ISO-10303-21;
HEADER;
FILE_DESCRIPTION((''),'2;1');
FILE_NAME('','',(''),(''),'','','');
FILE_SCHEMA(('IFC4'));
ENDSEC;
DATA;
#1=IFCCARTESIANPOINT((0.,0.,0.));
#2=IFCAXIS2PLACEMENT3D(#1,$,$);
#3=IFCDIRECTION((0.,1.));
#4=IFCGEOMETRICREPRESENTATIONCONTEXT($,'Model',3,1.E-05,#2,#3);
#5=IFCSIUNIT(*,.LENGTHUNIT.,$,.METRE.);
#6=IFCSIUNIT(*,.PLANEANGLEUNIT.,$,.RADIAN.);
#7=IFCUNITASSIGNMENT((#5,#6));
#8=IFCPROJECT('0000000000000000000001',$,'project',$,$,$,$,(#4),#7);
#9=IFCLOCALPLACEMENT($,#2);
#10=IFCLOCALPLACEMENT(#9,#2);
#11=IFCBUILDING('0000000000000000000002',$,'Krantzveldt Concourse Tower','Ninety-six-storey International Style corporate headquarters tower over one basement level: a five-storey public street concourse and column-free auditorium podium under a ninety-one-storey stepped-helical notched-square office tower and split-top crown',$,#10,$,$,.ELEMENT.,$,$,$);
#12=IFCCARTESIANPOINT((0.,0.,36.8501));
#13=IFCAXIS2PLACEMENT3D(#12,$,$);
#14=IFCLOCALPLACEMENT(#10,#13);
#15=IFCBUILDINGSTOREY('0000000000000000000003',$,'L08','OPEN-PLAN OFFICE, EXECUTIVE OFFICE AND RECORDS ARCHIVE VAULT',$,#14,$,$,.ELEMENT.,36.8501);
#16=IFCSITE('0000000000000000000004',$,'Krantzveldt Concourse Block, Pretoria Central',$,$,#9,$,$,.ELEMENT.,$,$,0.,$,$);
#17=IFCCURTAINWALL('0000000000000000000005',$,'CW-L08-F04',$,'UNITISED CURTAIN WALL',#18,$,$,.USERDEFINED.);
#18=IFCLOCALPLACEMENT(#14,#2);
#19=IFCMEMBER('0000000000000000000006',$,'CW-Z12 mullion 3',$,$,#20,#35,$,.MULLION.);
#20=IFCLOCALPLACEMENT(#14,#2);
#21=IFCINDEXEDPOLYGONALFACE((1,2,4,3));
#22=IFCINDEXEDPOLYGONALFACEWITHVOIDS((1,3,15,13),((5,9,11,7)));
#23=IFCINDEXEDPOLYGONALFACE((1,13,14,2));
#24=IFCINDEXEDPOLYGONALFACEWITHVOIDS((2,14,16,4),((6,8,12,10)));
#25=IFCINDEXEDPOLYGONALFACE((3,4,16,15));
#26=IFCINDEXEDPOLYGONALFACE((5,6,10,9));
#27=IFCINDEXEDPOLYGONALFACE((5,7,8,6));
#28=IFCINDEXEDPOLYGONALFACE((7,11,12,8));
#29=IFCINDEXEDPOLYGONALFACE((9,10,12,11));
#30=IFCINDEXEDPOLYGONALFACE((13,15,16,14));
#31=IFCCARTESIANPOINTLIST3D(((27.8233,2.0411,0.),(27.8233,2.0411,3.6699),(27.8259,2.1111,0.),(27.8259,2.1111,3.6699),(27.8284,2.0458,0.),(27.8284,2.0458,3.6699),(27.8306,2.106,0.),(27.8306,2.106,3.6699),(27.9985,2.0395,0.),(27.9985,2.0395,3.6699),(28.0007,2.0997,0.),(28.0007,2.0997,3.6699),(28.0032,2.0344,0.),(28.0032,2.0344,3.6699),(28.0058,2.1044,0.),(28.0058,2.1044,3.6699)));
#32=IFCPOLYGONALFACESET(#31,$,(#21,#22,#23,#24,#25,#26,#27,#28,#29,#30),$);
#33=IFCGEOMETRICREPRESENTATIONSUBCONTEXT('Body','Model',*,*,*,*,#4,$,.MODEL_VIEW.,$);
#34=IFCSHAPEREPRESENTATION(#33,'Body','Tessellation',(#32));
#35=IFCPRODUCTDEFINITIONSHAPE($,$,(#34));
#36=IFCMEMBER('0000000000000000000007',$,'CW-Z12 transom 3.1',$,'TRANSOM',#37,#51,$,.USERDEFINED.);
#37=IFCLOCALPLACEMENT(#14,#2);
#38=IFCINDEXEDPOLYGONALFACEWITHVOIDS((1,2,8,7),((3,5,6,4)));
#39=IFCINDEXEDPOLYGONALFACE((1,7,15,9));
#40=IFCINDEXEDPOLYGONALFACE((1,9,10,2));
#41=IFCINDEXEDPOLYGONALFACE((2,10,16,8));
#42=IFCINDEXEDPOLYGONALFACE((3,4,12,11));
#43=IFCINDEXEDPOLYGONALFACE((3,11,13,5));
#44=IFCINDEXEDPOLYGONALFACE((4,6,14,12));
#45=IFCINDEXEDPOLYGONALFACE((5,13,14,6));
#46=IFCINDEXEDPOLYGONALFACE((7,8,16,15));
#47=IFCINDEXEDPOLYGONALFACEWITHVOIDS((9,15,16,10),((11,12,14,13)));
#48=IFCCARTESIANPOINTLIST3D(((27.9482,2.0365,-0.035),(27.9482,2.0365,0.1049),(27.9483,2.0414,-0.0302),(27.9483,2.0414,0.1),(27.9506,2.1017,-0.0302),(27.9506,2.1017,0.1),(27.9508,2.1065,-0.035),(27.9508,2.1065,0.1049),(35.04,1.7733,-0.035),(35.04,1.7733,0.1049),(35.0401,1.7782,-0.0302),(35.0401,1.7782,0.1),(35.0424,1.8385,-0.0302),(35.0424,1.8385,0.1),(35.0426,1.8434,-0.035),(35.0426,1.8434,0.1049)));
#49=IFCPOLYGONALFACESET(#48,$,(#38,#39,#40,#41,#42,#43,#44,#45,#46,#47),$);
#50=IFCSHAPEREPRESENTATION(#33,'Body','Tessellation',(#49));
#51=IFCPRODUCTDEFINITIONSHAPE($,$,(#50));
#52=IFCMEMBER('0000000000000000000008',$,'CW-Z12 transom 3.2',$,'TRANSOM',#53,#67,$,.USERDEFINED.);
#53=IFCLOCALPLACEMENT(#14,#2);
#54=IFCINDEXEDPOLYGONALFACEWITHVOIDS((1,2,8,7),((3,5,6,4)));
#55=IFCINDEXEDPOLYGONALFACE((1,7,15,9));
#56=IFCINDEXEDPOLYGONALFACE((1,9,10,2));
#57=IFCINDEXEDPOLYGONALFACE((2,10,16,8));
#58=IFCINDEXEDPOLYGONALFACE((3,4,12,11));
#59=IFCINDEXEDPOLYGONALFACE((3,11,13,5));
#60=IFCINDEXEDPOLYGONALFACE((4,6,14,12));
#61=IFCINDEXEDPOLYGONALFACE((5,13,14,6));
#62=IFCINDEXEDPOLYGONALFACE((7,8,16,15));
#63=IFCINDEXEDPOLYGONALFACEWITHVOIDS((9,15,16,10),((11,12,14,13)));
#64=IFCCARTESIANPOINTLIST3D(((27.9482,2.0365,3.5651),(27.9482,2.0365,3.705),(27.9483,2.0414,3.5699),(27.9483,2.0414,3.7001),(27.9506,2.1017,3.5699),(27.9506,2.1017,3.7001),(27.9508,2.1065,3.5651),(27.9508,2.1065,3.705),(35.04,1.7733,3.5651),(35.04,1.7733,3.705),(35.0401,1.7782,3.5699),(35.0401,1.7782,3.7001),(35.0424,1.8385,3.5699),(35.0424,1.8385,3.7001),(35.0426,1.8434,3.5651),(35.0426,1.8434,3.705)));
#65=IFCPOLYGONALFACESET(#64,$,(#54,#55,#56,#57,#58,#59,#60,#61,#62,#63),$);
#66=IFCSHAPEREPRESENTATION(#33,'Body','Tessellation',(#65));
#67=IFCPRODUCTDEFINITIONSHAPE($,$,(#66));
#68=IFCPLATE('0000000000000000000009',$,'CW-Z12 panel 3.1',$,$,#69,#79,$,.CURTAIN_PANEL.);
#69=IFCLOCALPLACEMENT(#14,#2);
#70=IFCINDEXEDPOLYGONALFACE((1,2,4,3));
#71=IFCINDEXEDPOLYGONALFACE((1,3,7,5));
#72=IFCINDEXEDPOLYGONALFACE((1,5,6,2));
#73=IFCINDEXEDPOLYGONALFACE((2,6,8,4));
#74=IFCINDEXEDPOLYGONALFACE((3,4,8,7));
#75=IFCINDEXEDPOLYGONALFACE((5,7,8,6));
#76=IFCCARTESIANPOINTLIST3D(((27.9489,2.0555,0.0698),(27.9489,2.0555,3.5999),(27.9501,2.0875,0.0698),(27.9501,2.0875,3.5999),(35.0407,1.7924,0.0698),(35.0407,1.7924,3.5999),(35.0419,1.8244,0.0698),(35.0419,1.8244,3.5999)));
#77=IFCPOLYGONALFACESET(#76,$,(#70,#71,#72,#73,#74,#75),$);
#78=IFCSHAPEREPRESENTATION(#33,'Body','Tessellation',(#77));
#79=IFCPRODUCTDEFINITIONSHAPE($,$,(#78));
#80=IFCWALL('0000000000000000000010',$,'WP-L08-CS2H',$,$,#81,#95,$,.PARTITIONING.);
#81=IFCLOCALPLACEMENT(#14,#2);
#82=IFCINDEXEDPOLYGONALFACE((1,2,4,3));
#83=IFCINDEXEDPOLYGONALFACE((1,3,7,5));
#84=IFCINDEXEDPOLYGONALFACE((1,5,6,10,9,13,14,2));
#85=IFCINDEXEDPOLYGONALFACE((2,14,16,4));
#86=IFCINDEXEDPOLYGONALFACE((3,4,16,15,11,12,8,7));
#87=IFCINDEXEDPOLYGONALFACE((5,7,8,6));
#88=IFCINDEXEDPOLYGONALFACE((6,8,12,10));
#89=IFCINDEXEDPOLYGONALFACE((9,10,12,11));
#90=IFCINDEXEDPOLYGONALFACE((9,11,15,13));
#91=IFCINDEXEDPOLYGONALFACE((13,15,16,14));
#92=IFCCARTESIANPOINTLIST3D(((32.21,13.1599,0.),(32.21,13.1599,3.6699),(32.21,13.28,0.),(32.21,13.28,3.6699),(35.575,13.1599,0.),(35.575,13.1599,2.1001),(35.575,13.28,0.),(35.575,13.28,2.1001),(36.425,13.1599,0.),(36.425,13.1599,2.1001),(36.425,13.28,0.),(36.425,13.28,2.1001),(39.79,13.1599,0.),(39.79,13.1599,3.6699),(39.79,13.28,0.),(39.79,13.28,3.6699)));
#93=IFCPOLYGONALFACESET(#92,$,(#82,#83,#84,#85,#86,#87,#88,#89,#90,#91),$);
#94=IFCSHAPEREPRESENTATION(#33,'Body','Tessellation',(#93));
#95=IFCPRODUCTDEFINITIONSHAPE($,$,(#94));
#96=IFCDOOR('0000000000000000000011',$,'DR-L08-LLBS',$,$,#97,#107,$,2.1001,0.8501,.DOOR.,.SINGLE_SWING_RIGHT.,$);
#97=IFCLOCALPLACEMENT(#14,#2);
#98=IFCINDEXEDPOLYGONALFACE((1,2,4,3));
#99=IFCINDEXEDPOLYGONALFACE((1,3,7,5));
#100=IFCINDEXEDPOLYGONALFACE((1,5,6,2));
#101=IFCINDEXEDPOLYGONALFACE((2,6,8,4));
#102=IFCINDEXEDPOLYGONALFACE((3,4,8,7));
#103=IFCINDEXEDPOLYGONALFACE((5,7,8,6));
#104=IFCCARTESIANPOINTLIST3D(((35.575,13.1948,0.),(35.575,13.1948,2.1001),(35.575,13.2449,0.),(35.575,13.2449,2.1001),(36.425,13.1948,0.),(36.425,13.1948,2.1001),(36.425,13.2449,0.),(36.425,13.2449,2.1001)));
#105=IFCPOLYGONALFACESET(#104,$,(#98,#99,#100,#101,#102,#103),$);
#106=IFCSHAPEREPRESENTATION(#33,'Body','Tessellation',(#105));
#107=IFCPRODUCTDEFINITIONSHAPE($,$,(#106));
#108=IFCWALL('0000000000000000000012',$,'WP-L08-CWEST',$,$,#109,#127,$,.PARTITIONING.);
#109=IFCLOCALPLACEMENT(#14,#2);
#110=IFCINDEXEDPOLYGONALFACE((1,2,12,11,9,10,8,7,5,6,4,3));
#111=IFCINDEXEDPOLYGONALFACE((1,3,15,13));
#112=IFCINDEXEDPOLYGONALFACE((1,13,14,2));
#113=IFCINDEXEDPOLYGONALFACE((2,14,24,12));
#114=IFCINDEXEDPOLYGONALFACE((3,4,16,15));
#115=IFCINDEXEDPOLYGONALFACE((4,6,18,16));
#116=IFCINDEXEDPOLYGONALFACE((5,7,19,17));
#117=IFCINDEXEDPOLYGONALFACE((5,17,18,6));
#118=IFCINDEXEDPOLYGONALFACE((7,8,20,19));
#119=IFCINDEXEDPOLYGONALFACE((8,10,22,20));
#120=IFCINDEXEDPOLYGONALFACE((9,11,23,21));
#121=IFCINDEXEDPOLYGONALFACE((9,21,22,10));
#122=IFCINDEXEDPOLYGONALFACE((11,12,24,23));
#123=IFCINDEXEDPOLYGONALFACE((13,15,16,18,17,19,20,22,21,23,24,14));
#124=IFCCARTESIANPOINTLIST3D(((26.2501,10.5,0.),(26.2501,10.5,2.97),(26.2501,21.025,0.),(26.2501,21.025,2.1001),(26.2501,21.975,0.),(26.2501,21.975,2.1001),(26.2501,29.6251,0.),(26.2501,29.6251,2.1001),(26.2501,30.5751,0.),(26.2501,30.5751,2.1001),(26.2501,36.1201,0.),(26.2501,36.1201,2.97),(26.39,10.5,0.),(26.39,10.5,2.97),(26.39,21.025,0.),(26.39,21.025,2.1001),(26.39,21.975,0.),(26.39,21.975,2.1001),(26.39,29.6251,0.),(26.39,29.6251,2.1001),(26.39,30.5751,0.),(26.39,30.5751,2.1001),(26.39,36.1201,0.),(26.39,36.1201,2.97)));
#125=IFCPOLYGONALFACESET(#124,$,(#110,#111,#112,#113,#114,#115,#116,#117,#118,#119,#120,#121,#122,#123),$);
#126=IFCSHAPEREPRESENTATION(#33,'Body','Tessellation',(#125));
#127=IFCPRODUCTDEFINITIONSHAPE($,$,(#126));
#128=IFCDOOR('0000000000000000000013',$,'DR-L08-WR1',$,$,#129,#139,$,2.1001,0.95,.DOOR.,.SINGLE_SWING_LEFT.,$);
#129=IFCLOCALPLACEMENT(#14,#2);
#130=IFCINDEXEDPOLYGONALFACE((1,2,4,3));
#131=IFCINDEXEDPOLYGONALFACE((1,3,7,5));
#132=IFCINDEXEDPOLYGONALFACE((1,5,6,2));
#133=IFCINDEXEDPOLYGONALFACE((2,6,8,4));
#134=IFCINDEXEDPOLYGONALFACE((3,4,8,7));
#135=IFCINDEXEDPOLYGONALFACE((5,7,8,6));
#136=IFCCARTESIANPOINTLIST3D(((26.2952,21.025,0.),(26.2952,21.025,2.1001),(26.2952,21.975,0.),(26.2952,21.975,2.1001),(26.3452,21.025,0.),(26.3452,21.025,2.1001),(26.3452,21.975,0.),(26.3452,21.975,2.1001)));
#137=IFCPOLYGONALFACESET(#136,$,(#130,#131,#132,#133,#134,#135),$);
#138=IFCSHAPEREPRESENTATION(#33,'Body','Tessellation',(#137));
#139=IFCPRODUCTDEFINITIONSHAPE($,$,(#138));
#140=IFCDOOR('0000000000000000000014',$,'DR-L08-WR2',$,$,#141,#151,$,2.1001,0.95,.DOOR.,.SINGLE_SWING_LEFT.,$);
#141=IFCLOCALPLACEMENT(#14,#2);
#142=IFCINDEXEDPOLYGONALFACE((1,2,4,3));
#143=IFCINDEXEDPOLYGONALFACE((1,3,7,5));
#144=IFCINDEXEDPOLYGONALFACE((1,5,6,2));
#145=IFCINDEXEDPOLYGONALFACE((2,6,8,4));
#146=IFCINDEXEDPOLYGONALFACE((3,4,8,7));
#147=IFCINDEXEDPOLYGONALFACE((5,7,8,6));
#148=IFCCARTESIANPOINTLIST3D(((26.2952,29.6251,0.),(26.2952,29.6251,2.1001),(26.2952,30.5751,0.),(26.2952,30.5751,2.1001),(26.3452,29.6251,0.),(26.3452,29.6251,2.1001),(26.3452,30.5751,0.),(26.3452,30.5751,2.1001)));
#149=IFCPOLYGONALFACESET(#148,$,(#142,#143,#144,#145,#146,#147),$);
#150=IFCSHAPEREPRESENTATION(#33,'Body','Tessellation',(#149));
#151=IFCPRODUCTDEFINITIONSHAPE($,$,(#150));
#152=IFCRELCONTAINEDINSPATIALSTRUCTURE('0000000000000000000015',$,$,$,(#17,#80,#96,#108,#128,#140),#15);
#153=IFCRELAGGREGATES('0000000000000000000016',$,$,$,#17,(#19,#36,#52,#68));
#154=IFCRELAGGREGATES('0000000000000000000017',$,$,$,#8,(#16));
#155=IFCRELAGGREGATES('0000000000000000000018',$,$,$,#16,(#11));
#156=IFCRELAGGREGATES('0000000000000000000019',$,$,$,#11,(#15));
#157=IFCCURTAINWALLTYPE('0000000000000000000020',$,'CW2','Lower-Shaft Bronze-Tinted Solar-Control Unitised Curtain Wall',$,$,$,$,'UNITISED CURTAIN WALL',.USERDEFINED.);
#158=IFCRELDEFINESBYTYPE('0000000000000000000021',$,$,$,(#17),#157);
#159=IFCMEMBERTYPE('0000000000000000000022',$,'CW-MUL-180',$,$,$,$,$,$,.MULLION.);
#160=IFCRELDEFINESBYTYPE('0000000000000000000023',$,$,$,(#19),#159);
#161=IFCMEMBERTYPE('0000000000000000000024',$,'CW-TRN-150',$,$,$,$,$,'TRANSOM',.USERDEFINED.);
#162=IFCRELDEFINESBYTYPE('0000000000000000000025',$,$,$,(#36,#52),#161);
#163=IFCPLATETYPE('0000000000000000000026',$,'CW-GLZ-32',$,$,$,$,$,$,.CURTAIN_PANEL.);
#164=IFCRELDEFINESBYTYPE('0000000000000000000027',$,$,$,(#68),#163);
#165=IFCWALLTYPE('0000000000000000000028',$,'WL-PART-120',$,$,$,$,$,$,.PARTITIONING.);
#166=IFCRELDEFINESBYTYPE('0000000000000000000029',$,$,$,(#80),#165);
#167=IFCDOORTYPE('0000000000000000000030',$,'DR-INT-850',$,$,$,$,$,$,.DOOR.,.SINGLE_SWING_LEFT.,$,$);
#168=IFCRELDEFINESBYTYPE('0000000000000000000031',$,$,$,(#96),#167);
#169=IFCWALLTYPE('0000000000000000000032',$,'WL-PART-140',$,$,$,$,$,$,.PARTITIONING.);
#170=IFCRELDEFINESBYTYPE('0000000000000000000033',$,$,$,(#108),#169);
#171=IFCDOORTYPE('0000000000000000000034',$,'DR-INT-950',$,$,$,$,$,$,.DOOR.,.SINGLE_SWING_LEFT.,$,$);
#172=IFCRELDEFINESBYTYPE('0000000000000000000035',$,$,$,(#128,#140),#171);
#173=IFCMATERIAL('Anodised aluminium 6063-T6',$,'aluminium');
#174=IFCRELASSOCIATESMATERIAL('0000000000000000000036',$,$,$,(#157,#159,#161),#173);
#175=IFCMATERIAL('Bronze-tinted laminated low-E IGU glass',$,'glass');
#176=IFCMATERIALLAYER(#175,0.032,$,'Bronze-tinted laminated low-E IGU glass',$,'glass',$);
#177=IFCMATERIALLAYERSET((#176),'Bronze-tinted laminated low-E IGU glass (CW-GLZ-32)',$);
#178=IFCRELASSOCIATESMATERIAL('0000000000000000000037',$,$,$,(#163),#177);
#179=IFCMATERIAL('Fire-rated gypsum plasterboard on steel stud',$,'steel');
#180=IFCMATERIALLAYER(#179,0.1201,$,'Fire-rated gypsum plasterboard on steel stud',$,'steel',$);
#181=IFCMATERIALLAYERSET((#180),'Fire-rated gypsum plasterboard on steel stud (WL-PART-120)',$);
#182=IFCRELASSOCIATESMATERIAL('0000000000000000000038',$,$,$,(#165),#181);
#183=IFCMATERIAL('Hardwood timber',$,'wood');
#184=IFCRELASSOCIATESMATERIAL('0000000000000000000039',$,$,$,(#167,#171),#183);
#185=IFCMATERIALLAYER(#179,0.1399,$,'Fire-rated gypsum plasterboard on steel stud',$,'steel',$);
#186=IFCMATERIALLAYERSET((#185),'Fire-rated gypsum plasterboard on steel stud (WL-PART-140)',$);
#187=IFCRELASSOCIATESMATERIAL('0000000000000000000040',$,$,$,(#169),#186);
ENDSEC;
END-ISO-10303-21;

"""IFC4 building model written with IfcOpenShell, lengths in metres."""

from ifc_helpers import new_model, si_unit, direction, frame, frame_2d, origin, origin_2d, place, context, subcontext, project, spatial, rectangle, hollow_rectangle, extrude, source, transform, mapped, material, layer, layer_set, material_profile, profile_set, type_object, type_shapes, element, fill, aggregate, save


model = new_model("IFC4")

# Units and contexts
model_context = context("Model", 3, precision=1e-05, world=origin(), true_north=direction((0.0, 1.0)))
body_context = subcontext(model_context, "Body", "Model", "MODEL_VIEW")
ifc_project = project(units=[si_unit("LENGTHUNIT", "METRE"), si_unit("PLANEANGLEUNIT", "RADIAN")], contexts=[model_context])

# Site, building, storey
site_placement = place(None, origin())
site = spatial("IfcSite", under=ifc_project, at=site_placement, Name="Krantzveldt Concourse Block, Pretoria Central", CompositionType="ELEMENT", RefElevation=0.0)
building_placement = place(site_placement, origin())
building = spatial("IfcBuilding", under=site, at=building_placement, Name="Krantzveldt Concourse Tower", Description="Ninety-six-storey International Style corporate headquarters tower over one basement level: a five-storey public street concourse and column-free auditorium podium under a ninety-one-storey stepped-helical notched-square office tower and split-top crown", CompositionType="ELEMENT")
storey_placement = place(building_placement, frame((0.0, 0.0, 36.8501)))
storey = spatial("IfcBuildingStorey", under=building, at=storey_placement, Name="L08", Description="OPEN-PLAN OFFICE, EXECUTIVE OFFICE AND RECORDS ARCHIVE VAULT", CompositionType="ELEMENT", Elevation=36.8501)

# Curtain wall, members, plate
ifc_material_1 = material(Name="Anodised aluminium 6063-T6", Category="aluminium")
curtain_wall_type = type_object("IfcCurtainWallType", Name="CW2", Description="Lower-Shaft Bronze-Tinted Solar-Control Unitised Curtain Wall", ElementType="UNITISED CURTAIN WALL", PredefinedType="USERDEFINED", material=ifc_material_1)
curtain_wall_placement = place(storey_placement, origin())
curtain_wall = element("IfcCurtainWall", 1, at=curtain_wall_placement, inside=storey, type_object=curtain_wall_type, Name="CW-L08-F04", ObjectType="UNITISED CURTAIN WALL", PredefinedType="USERDEFINED")
ifc_material_profile_1 = material_profile(ifc_material_1, hollow_rectangle(XDim=0.0701, YDim=0.1799, WallThickness=0.0049, at=origin_2d()), Name="Anodised aluminium 6063-T6", Category="aluminium")
ifc_profile_set_1 = profile_set([ifc_material_profile_1], Name="Anodised aluminium 6063-T6 - ALU-MULL 180x70x5")
member_type_1 = type_object("IfcMemberType", Name="CW-MUL-180", PredefinedType="MULLION", material=ifc_profile_set_1)
shared_shape_1 = source(origin(), body_context, "Body", "SweptSolid", [
    extrude(hollow_rectangle(XDim=0.0701, YDim=0.1799, WallThickness=0.0049, at=origin_2d()), origin(), (0.0, 0.0, 1.0), 3.6699),
])
type_shapes(member_type_1, [shared_shape_1])
member_1_placement = place(storey_placement, frame((27.9146, 2.0728, 0.0), z_axis=(0.0, 0.0, 1.0), x_axis=(0.03708, 0.999312, 0.0)))
member_1 = element("IfcMember", 2, at=member_1_placement, type_object=member_type_1, Name="CW-Z12 mullion 3", PredefinedType="MULLION", context=body_context, shape_type="MappedRepresentation", body=[
    mapped(shared_shape_1, transform((0.0, 0.0, 0.0), x_axis=(1.0, 0.0, 0.0), y_axis=(0.0, 1.0, 0.0), z_axis=(0.0, 0.0, 1.0), scale=1.0)),
])
ifc_material_profile_2 = material_profile(ifc_material_1, hollow_rectangle(XDim=0.0701, YDim=0.1399, WallThickness=0.0049, at=origin_2d()), Name="Anodised aluminium 6063-T6", Category="aluminium")
ifc_profile_set_2 = profile_set([ifc_material_profile_2], Name="Anodised aluminium 6063-T6 - ALU-TRAN 140x70x5")
member_type_2 = type_object("IfcMemberType", Name="CW-TRN-150", ElementType="TRANSOM", PredefinedType="USERDEFINED", material=ifc_profile_set_2)
shared_shape_2 = source(origin(), body_context, "Body", "SweptSolid", [
    extrude(hollow_rectangle(XDim=0.0701, YDim=0.1399, WallThickness=0.0049, at=origin_2d()), origin(), (0.0, 0.0, 1.0), 7.0967),
])
type_shapes(member_type_2, [shared_shape_2])
member_2_placement = place(storey_placement, frame((27.9495, 2.0715, 0.0349), z_axis=(0.999312, -0.037085, 0.0), x_axis=(0.037085, 0.999312, 0.0)))
member_2 = element("IfcMember", 3, at=member_2_placement, type_object=member_type_2, Name="CW-Z12 transom 3.1", ObjectType="TRANSOM", PredefinedType="USERDEFINED", context=body_context, shape_type="MappedRepresentation", body=[
    mapped(shared_shape_2, transform((0.0, 0.0, 0.0), x_axis=(1.0, 0.0, 0.0), y_axis=(0.0, 1.0, 0.0), z_axis=(0.0, 0.0, 1.0), scale=1.0)),
])
member_3_placement = place(storey_placement, frame((27.9495, 2.0715, 3.635), z_axis=(0.999312, -0.037085, 0.0), x_axis=(0.037085, 0.999312, 0.0)))
member_3 = element("IfcMember", 4, at=member_3_placement, type_object=member_type_2, Name="CW-Z12 transom 3.2", ObjectType="TRANSOM", PredefinedType="USERDEFINED", context=body_context, shape_type="MappedRepresentation", body=[
    mapped(shared_shape_2, transform((0.0, 0.0, 0.0), x_axis=(1.0, 0.0, 0.0), y_axis=(0.0, 1.0, 0.0), z_axis=(0.0, 0.0, 1.0), scale=1.0)),
])
ifc_material_2 = material(Name="Bronze-tinted laminated low-E IGU glass", Category="glass")
ifc_layer_1 = layer(ifc_material_2, 0.032, Name="Bronze-tinted laminated low-E IGU glass", Category="glass")
ifc_layer_set_1 = layer_set([ifc_layer_1], Name="Bronze-tinted laminated low-E IGU glass (CW-GLZ-32)")
plate_type = type_object("IfcPlateType", Name="CW-GLZ-32", PredefinedType="CURTAIN_PANEL", material=ifc_layer_set_1)
shared_shape_3 = source(origin(), body_context, "Body", "SweptSolid", [
    extrude(rectangle(XDim=7.0967, YDim=0.032, at=origin_2d()), origin(), (0.0, 0.0, 1.0), 3.53),
])
type_shapes(plate_type, [shared_shape_3])
plate_placement = place(storey_placement, frame((31.4954, 1.9399, 0.0698), z_axis=(0.0, 0.0, 1.0), x_axis=(0.999312, -0.03708, 0.0)))
plate = element("IfcPlate", 5, at=plate_placement, type_object=plate_type, Name="CW-Z12 panel 3.1", PredefinedType="CURTAIN_PANEL", context=body_context, shape_type="MappedRepresentation", body=[
    mapped(shared_shape_3, transform((0.0, 0.0, 0.0), x_axis=(1.0, 0.0, 0.0), y_axis=(0.0, 1.0, 0.0), z_axis=(0.0, 0.0, 1.0), scale=1.0)),
])
aggregate(curtain_wall, [member_1, member_2, member_3, plate])

# Wall, opening, door
ifc_material_3 = material(Name="Fire-rated gypsum plasterboard on steel stud", Category="steel")
ifc_layer_2 = layer(ifc_material_3, 0.1201, Name="Fire-rated gypsum plasterboard on steel stud", Category="steel")
ifc_layer_set_2 = layer_set([ifc_layer_2], Name="Fire-rated gypsum plasterboard on steel stud (WL-PART-120)")
wall_type_1 = type_object("IfcWallType", Name="WL-PART-120", PredefinedType="PARTITIONING", material=ifc_layer_set_2)
wall_1_placement = place(storey_placement, frame((32.21, 13.22, 0.0), z_axis=(0.0, 0.0, 1.0), x_axis=(1.0, 0.0, 0.0)))
wall_1 = element("IfcWall", 6, at=wall_1_placement, inside=storey, type_object=wall_type_1, Name="WP-L08-CS2H", PredefinedType="PARTITIONING", context=body_context, shape_type="SweptSolid", body=[
    extrude(rectangle(XDim=7.5801, YDim=0.1201, at=frame_2d((3.79, 0.0))), origin(), (0.0, 0.0, 1.0), 3.6699),
])
opening_1_placement = place(wall_1_placement, frame((3.365, 0.0, 0.0)))
opening_1 = element("IfcOpeningElement", 7, at=opening_1_placement, cuts=wall_1, PredefinedType="OPENING", context=body_context, shape_type="SweptSolid", body=[
    extrude(rectangle(XDim=0.8501, YDim=2.1001, at=frame_2d((0.425, 1.05))), frame((0.0, 0.0701, 0.0), z_axis=(0.0, -1.0, 0.0), x_axis=(1.0, 0.0, 0.0)), (0.0, 0.0, 1.0), 0.1401),
])
ifc_material_4 = material(Name="Hardwood timber", Category="wood")
door_type_1 = type_object("IfcDoorType", Name="DR-INT-850", OperationType="SINGLE_SWING_LEFT", PredefinedType="DOOR", material=ifc_material_4)
door_1_placement = place(opening_1_placement, origin())
door_1 = element("IfcDoor", 8, at=door_1_placement, inside=storey, type_object=door_type_1, Name="DR-L08-LLBS", OperationType="SINGLE_SWING_RIGHT", OverallHeight=2.1001, OverallWidth=0.8501, PredefinedType="DOOR", context=body_context, shape_type="SweptSolid", body=[
    extrude(rectangle(XDim=0.8501, YDim=2.1001, at=frame_2d((0.425, 1.05))), frame((0.0, 0.0249, 0.0), z_axis=(0.0, -1.0, 0.0), x_axis=(1.0, 0.0, 0.0)), (0.0, 0.0, 1.0), 0.05),
])
fill(opening_1, door_1)

# Wall, openings, doors
ifc_layer_3 = layer(ifc_material_3, 0.1399, Name="Fire-rated gypsum plasterboard on steel stud", Category="steel")
ifc_layer_set_3 = layer_set([ifc_layer_3], Name="Fire-rated gypsum plasterboard on steel stud (WL-PART-140)")
wall_type_2 = type_object("IfcWallType", Name="WL-PART-140", PredefinedType="PARTITIONING", material=ifc_layer_set_3)
wall_2_placement = place(storey_placement, frame((26.3201, 10.5, 0.0), z_axis=(0.0, 0.0, 1.0), x_axis=(0.0, 1.0, 0.0)))
wall_2 = element("IfcWall", 9, at=wall_2_placement, inside=storey, type_object=wall_type_2, Name="WP-L08-CWEST", PredefinedType="PARTITIONING", context=body_context, shape_type="SweptSolid", body=[
    extrude(rectangle(XDim=25.6201, YDim=0.1399, at=frame_2d((12.8101, 0.0))), origin(), (0.0, 0.0, 1.0), 2.97),
])
opening_2_placement = place(wall_2_placement, frame((10.5249, 0.0, 0.0)))
opening_2 = element("IfcOpeningElement", 10, at=opening_2_placement, cuts=wall_2, PredefinedType="OPENING", context=body_context, shape_type="SweptSolid", body=[
    extrude(rectangle(XDim=0.95, YDim=2.1001, at=frame_2d((0.4751, 1.05))), frame((0.0, 0.0801, 0.0), z_axis=(0.0, -1.0, 0.0), x_axis=(1.0, 0.0, 0.0)), (0.0, 0.0, 1.0), 0.1599),
])
opening_3_placement = place(wall_2_placement, frame((19.125, 0.0, 0.0)))
opening_3 = element("IfcOpeningElement", 11, at=opening_3_placement, cuts=wall_2, PredefinedType="OPENING", context=body_context, shape_type="SweptSolid", body=[
    extrude(rectangle(XDim=0.95, YDim=2.1001, at=frame_2d((0.4751, 1.05))), frame((0.0, 0.0801, 0.0), z_axis=(0.0, -1.0, 0.0), x_axis=(1.0, 0.0, 0.0)), (0.0, 0.0, 1.0), 0.1599),
])
door_type_2 = type_object("IfcDoorType", Name="DR-INT-950", OperationType="SINGLE_SWING_LEFT", PredefinedType="DOOR", material=ifc_material_4)
door_2_placement = place(opening_2_placement, origin())
door_2 = element("IfcDoor", 12, at=door_2_placement, inside=storey, type_object=door_type_2, Name="DR-L08-WR1", OperationType="SINGLE_SWING_LEFT", OverallHeight=2.1001, OverallWidth=0.95, PredefinedType="DOOR", context=body_context, shape_type="SweptSolid", body=[
    extrude(rectangle(XDim=0.95, YDim=2.1001, at=frame_2d((0.4751, 1.05))), frame((0.0, 0.0249, 0.0), z_axis=(0.0, -1.0, 0.0), x_axis=(1.0, 0.0, 0.0)), (0.0, 0.0, 1.0), 0.05),
])
fill(opening_2, door_2)
door_3_placement = place(opening_3_placement, origin())
door_3 = element("IfcDoor", 13, at=door_3_placement, inside=storey, type_object=door_type_2, Name="DR-L08-WR2", OperationType="SINGLE_SWING_LEFT", OverallHeight=2.1001, OverallWidth=0.95, PredefinedType="DOOR", context=body_context, shape_type="SweptSolid", body=[
    extrude(rectangle(XDim=0.95, YDim=2.1001, at=frame_2d((0.4751, 1.05))), frame((0.0, 0.0249, 0.0), z_axis=(0.0, -1.0, 0.0), x_axis=(1.0, 0.0, 0.0)), (0.0, 0.0, 1.0), 0.05),
])
fill(opening_3, door_3)

save(model, "model.ifc")
